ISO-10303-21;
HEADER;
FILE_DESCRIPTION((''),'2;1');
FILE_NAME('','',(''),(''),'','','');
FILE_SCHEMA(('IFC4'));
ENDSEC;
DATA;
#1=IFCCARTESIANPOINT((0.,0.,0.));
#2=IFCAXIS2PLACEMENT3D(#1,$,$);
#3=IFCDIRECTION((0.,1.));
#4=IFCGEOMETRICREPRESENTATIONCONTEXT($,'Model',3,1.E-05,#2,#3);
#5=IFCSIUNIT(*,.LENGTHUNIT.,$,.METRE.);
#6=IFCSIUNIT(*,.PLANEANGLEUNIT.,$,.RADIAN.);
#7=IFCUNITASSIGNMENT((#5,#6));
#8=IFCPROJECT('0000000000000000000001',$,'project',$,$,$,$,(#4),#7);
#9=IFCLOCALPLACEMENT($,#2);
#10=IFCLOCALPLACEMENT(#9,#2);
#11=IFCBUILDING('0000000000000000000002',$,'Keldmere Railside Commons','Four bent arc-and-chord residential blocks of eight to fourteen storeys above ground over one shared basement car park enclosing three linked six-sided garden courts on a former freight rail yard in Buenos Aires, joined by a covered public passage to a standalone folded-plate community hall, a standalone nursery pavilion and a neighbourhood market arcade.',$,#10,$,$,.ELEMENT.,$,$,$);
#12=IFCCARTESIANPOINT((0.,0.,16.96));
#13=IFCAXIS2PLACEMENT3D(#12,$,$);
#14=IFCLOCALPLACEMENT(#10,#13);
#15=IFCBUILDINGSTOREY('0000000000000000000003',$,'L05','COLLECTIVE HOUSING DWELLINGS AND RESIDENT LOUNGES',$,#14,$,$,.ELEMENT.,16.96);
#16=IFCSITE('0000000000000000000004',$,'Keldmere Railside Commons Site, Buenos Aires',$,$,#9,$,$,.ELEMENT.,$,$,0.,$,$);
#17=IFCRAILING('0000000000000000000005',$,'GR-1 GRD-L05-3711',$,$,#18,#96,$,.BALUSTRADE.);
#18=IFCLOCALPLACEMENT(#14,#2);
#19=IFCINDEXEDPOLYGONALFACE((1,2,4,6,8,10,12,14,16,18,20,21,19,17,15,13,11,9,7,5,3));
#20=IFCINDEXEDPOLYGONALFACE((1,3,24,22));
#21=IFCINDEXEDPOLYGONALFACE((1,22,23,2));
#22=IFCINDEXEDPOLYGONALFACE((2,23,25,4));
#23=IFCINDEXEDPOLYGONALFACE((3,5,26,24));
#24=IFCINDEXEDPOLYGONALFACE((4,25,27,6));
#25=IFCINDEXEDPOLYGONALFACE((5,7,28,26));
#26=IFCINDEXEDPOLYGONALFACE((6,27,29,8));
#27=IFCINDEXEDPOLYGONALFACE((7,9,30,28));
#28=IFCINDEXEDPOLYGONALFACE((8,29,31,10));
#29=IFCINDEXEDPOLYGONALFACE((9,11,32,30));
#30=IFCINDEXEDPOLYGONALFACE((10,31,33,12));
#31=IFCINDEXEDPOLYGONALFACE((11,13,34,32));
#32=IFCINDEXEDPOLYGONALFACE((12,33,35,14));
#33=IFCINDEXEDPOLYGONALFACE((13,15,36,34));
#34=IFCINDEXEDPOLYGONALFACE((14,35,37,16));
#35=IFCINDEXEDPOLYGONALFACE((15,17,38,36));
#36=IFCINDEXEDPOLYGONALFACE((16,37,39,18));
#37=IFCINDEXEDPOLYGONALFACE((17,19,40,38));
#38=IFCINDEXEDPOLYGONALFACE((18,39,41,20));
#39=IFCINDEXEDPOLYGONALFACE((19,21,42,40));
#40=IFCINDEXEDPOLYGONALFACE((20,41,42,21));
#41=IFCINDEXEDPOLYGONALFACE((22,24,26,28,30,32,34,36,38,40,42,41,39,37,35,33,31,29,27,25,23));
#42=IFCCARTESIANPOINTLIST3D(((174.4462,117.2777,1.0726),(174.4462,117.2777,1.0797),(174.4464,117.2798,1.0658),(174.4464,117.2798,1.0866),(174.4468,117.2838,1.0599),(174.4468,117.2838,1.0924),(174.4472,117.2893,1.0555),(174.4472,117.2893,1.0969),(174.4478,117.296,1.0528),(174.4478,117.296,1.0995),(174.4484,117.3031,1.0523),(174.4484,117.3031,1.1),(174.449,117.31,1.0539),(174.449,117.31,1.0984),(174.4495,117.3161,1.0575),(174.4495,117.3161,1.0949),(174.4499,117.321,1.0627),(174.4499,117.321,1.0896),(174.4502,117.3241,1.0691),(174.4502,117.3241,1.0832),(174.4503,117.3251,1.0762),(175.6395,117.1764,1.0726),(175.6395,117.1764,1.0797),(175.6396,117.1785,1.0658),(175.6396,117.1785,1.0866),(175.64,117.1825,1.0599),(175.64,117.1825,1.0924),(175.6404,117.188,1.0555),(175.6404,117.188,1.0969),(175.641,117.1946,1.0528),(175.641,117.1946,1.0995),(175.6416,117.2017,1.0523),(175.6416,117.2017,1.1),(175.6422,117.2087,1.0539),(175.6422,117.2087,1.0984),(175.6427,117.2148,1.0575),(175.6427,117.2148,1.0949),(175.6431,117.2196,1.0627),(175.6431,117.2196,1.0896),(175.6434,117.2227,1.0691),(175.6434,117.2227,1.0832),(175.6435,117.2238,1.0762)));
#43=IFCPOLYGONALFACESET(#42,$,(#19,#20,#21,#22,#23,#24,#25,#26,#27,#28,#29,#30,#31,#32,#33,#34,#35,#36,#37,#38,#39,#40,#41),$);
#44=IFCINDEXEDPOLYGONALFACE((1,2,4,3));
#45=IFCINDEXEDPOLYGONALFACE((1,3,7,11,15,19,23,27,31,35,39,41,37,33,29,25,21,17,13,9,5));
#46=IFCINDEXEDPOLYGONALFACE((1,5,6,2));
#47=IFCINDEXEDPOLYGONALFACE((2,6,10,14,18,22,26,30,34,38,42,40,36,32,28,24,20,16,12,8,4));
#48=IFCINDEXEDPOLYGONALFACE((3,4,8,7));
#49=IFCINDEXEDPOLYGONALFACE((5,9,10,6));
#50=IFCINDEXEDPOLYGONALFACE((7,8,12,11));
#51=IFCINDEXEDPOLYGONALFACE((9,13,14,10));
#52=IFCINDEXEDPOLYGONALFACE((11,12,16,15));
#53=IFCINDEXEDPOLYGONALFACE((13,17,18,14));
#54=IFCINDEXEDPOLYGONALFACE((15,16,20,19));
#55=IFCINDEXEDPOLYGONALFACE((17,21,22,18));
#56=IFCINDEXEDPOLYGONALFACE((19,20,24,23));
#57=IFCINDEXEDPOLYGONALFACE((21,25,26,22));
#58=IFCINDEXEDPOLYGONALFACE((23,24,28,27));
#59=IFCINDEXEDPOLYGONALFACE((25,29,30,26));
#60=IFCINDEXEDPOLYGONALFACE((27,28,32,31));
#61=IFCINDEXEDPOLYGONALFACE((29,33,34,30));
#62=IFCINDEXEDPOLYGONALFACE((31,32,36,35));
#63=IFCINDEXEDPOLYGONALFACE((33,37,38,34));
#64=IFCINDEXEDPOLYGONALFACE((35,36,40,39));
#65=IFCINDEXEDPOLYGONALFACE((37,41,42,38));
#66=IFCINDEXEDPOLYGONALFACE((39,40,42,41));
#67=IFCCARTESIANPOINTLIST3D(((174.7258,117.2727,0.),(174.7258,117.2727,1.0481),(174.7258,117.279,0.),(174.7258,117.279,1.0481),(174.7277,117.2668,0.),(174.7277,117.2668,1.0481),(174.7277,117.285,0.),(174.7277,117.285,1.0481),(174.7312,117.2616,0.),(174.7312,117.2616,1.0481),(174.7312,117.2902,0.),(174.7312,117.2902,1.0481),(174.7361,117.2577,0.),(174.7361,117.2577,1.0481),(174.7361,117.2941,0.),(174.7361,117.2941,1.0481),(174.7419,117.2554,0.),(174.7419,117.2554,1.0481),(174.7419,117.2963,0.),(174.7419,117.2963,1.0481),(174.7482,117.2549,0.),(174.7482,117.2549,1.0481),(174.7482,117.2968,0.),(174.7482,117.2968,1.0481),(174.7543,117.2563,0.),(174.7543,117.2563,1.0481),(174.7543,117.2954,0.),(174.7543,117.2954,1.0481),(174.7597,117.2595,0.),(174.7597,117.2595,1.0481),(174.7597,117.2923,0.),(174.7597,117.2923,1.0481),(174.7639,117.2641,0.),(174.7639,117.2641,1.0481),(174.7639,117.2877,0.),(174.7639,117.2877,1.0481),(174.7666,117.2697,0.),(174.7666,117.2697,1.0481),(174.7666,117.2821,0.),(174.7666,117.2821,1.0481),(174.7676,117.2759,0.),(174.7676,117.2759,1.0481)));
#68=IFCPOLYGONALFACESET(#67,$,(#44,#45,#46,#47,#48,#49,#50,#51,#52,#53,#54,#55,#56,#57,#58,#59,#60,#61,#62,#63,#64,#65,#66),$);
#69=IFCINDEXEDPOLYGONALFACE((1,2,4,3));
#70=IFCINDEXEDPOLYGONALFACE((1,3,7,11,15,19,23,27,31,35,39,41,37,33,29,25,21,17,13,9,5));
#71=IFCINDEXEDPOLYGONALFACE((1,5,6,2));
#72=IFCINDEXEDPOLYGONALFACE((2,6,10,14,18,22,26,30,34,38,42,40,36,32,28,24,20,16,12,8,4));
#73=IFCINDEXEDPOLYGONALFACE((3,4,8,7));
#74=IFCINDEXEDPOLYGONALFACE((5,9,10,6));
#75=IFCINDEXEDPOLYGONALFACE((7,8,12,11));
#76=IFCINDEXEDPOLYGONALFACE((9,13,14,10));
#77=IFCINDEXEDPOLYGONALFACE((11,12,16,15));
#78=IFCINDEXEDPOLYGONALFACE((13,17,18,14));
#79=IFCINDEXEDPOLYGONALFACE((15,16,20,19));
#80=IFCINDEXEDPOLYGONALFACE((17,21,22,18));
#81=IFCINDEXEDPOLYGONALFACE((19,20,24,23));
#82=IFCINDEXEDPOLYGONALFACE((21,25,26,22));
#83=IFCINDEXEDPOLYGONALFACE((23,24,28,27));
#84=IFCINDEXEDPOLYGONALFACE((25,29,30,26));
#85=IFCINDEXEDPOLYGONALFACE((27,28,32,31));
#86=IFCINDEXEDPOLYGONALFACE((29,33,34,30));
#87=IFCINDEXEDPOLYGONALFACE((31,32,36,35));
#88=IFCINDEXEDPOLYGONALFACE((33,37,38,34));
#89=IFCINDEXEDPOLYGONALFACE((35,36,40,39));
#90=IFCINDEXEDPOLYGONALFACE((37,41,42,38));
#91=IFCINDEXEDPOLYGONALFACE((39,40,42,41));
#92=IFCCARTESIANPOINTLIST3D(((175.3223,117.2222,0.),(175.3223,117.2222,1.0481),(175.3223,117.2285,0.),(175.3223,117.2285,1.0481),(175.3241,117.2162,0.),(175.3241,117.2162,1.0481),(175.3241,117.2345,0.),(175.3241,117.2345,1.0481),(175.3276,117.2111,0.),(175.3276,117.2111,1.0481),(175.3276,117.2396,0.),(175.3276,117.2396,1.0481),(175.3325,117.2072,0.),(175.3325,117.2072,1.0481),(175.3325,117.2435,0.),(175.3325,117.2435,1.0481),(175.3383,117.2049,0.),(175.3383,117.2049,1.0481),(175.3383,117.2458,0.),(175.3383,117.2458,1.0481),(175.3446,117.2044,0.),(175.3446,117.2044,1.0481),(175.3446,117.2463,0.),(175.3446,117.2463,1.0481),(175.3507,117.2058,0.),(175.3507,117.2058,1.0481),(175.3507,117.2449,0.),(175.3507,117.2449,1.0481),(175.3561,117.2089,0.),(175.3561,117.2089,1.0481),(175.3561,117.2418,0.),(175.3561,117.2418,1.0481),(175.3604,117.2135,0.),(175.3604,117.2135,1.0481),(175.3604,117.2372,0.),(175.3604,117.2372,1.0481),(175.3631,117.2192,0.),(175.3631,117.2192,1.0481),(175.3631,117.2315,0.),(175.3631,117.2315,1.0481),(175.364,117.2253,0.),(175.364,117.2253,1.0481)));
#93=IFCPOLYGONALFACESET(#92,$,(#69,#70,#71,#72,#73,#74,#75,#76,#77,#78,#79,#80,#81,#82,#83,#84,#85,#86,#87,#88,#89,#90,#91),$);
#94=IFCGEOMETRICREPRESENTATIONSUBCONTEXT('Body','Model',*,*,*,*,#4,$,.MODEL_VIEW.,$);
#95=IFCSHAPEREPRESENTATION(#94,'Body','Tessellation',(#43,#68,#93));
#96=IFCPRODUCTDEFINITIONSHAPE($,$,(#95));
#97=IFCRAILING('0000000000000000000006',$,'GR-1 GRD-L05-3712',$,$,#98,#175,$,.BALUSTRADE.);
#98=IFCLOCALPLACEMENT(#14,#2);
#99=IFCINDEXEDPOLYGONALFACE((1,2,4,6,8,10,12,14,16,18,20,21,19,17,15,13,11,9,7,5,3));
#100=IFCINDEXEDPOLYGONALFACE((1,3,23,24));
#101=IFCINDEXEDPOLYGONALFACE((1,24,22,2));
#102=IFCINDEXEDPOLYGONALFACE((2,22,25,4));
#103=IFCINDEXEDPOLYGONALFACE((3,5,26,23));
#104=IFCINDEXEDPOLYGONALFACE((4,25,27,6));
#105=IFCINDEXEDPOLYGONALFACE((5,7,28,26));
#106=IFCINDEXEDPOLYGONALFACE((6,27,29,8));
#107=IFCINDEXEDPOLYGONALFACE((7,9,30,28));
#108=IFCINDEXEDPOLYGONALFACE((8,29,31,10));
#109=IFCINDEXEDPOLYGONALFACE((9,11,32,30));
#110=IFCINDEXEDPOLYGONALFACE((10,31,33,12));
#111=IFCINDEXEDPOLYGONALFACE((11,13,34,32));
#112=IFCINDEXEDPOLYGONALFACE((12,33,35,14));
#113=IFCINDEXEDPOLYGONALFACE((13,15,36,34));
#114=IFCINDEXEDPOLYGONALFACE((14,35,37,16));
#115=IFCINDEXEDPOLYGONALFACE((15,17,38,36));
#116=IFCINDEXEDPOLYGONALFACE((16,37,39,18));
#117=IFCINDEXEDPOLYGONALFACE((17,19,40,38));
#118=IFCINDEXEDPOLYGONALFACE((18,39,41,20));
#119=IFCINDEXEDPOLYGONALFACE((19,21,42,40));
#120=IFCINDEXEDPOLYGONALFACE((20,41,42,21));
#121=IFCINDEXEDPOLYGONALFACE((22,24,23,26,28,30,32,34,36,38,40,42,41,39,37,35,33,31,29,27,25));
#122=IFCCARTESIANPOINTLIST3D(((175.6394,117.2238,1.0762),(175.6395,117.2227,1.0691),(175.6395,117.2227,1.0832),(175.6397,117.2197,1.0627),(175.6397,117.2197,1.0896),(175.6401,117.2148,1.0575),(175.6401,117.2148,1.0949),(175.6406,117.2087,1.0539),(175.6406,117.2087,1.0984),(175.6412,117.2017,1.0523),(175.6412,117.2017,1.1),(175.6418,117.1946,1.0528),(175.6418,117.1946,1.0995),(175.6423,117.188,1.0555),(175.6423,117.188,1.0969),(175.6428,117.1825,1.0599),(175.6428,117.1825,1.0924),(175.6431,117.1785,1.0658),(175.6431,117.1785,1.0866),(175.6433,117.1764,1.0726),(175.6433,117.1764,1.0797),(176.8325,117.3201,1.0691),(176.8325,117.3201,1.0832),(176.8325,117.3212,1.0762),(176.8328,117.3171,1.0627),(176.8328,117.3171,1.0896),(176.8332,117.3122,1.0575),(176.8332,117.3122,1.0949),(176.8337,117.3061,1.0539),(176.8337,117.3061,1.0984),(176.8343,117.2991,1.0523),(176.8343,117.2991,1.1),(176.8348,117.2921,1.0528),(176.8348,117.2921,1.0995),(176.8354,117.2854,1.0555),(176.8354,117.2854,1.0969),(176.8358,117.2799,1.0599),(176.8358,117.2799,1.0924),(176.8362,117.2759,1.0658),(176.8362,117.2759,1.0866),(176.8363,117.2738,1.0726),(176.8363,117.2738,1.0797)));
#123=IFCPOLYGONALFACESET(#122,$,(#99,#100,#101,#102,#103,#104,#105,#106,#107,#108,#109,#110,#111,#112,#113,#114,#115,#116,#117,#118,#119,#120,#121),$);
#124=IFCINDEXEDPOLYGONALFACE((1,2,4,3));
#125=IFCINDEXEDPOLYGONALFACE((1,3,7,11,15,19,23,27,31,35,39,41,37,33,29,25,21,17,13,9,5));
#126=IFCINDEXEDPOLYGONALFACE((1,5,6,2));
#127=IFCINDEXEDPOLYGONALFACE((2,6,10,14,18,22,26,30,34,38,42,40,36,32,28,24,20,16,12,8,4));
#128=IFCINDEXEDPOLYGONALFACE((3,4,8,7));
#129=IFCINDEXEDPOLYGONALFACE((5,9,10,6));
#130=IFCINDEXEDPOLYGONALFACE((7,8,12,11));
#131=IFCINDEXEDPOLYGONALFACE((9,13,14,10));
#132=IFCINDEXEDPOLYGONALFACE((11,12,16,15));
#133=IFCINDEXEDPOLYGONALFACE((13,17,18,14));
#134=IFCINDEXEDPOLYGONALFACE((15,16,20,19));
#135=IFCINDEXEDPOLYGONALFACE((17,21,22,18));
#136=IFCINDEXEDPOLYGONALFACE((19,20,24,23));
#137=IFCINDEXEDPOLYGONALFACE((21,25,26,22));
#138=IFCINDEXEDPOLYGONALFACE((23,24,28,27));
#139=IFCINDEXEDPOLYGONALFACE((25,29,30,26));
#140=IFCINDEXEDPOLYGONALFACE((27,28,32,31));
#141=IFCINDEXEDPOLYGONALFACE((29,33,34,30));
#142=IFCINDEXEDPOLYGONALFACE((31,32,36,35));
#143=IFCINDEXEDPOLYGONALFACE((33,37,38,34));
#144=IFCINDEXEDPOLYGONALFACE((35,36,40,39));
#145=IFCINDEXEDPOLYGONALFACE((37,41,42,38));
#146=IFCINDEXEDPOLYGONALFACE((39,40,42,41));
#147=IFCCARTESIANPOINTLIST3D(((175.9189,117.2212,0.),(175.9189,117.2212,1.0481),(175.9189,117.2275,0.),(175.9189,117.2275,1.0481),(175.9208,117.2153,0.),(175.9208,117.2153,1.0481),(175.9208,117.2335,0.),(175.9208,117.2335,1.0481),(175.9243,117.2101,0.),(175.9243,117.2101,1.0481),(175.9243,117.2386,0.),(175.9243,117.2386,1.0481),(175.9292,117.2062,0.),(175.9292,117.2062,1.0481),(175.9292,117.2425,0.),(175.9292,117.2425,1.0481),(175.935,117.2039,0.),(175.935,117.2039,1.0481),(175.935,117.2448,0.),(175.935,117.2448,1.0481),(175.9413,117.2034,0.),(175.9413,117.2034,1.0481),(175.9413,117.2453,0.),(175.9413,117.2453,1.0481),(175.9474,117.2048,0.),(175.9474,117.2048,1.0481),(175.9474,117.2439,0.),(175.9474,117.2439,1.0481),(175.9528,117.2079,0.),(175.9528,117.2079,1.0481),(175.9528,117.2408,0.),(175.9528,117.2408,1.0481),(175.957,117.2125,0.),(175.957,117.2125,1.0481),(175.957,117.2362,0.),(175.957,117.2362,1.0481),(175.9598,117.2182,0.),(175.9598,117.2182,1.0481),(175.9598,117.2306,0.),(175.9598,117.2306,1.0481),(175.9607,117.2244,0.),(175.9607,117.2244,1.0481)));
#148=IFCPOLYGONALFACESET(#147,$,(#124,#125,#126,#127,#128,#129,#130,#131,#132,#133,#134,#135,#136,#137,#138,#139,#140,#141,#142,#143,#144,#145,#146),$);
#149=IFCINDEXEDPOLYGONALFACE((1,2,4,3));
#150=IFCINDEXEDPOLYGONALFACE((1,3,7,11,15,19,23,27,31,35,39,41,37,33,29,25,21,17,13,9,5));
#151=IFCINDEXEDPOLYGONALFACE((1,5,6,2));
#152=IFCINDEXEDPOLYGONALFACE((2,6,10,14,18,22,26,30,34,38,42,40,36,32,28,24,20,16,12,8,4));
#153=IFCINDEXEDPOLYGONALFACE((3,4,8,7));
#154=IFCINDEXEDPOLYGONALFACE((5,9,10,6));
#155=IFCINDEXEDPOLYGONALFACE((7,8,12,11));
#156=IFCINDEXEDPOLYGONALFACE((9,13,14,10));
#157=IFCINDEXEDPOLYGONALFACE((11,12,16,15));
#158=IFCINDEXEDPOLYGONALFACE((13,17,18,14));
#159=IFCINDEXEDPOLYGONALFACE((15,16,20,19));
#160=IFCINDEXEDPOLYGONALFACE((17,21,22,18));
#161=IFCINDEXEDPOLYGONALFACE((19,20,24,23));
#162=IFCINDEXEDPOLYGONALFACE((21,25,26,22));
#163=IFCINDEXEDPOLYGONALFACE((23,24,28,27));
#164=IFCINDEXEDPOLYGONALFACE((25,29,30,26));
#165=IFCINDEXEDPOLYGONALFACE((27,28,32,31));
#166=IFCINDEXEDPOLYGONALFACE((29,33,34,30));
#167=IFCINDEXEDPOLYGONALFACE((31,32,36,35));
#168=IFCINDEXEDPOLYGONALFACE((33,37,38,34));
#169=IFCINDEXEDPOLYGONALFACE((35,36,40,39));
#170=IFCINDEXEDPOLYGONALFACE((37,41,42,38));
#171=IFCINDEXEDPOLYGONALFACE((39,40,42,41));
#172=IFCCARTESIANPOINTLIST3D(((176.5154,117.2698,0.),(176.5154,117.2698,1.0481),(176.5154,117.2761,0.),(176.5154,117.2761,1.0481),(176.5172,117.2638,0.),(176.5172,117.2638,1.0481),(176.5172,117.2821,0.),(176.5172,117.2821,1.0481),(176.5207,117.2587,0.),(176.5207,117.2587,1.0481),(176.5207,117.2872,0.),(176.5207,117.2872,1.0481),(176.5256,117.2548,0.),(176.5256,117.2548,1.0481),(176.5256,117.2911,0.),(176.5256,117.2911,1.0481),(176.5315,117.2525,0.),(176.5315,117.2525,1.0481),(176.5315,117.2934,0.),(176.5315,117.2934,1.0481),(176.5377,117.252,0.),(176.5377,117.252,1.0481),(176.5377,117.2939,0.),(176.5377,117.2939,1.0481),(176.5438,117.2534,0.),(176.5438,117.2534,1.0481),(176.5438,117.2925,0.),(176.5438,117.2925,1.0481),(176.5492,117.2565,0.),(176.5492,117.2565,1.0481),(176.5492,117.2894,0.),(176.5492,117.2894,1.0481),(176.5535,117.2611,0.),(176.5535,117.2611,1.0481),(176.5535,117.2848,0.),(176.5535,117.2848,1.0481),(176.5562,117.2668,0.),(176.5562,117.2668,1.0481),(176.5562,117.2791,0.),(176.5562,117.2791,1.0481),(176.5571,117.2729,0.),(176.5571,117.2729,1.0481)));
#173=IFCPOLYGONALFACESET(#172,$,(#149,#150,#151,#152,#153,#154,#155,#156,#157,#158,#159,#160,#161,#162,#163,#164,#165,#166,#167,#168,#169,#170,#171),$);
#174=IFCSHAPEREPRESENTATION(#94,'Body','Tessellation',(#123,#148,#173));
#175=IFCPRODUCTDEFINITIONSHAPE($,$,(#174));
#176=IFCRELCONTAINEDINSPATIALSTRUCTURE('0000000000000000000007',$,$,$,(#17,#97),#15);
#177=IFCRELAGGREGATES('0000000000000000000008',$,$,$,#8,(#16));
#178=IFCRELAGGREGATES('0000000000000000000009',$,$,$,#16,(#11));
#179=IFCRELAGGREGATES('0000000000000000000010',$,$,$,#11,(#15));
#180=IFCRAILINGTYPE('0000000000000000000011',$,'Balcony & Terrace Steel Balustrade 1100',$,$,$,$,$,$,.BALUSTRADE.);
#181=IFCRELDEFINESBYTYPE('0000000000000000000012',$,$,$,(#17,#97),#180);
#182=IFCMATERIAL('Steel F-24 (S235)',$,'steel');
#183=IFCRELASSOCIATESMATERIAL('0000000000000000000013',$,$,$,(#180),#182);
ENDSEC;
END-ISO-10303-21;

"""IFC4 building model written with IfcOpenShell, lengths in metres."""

from ifc_helpers import new_model, si_unit, direction, frame, origin, origin_2d, place, context, subcontext, project, spatial, circle, extrude, material, type_object, element, save


model = new_model("IFC4")

# Units and contexts
model_context = context("Model", 3, precision=1e-05, world=origin(), true_north=direction((0.0, 1.0)))
body_context = subcontext(model_context, "Body", "Model", "MODEL_VIEW")
ifc_project = project(units=[si_unit("LENGTHUNIT", "METRE"), si_unit("PLANEANGLEUNIT", "RADIAN")], contexts=[model_context])

# Site, building, storey
site_placement = place(None, origin())
site = spatial("IfcSite", under=ifc_project, at=site_placement, Name="Keldmere Railside Commons Site, Buenos Aires", CompositionType="ELEMENT", RefElevation=0.0)
building_placement = place(site_placement, origin())
building = spatial("IfcBuilding", under=site, at=building_placement, Name="Keldmere Railside Commons", Description="Four bent arc-and-chord residential blocks of eight to fourteen storeys above ground over one shared basement car park enclosing three linked six-sided garden courts on a former freight rail yard in Buenos Aires, joined by a covered public passage to a standalone folded-plate community hall, a standalone nursery pavilion and a neighbourhood market arcade.", CompositionType="ELEMENT")
storey_placement = place(building_placement, frame((0.0, 0.0, 16.96)))
storey = spatial("IfcBuildingStorey", under=building, at=storey_placement, Name="L05", Description="COLLECTIVE HOUSING DWELLINGS AND RESIDENT LOUNGES", CompositionType="ELEMENT", Elevation=16.96)

# Railings
ifc_material_1 = material(Name="Steel F-24 (S235)", Category="steel")
railing_type = type_object("IfcRailingType", Name="Balcony & Terrace Steel Balustrade 1100", PredefinedType="BALUSTRADE", material=ifc_material_1)
railing_1_placement = place(storey_placement, frame((174.4482, 117.3013, 0.0)))
element("IfcRailing", 1, at=railing_1_placement, inside=storey, type_object=railing_type, Name="GR-1 GRD-L05-3711", PredefinedType="BALUSTRADE", context=body_context, shape_type="SweptSolid", body=[
    extrude(circle(Radius=0.0239, at=origin_2d()), frame((0.0, 0.0, 1.0762), z_axis=(0.996414, -0.084615, 0.0), x_axis=(0.084615, 0.996414, 0.0)), (0.0, 0.0, 1.0), 1.1975),
    extrude(circle(Radius=0.021, at=origin_2d()), frame((0.2983, -0.0254, 0.0)), (0.0, 0.0, 1.0), 1.0481),
    extrude(circle(Radius=0.021, at=origin_2d()), frame((0.8948, -0.0759, 0.0)), (0.0, 0.0, 1.0), 1.0481),
])
railing_2_placement = place(storey_placement, frame((175.6414, 117.2, 0.0)))
element("IfcRailing", 2, at=railing_2_placement, inside=storey, type_object=railing_type, Name="GR-1 GRD-L05-3712", PredefinedType="BALUSTRADE", context=body_context, shape_type="SweptSolid", body=[
    extrude(circle(Radius=0.0239, at=origin_2d()), frame((0.0, 0.0, 1.0762), z_axis=(0.996684, 0.081374, 0.0), x_axis=(-0.081374, 0.996684, 0.0)), (0.0, 0.0, 1.0), 1.197),
    extrude(circle(Radius=0.021, at=origin_2d()), frame((0.2983, 0.0244, 0.0)), (0.0, 0.0, 1.0), 1.0481),
    extrude(circle(Radius=0.021, at=origin_2d()), frame((0.8948, 0.073, 0.0)), (0.0, 0.0, 1.0), 1.0481),
])

save(model, "model.ifc")
